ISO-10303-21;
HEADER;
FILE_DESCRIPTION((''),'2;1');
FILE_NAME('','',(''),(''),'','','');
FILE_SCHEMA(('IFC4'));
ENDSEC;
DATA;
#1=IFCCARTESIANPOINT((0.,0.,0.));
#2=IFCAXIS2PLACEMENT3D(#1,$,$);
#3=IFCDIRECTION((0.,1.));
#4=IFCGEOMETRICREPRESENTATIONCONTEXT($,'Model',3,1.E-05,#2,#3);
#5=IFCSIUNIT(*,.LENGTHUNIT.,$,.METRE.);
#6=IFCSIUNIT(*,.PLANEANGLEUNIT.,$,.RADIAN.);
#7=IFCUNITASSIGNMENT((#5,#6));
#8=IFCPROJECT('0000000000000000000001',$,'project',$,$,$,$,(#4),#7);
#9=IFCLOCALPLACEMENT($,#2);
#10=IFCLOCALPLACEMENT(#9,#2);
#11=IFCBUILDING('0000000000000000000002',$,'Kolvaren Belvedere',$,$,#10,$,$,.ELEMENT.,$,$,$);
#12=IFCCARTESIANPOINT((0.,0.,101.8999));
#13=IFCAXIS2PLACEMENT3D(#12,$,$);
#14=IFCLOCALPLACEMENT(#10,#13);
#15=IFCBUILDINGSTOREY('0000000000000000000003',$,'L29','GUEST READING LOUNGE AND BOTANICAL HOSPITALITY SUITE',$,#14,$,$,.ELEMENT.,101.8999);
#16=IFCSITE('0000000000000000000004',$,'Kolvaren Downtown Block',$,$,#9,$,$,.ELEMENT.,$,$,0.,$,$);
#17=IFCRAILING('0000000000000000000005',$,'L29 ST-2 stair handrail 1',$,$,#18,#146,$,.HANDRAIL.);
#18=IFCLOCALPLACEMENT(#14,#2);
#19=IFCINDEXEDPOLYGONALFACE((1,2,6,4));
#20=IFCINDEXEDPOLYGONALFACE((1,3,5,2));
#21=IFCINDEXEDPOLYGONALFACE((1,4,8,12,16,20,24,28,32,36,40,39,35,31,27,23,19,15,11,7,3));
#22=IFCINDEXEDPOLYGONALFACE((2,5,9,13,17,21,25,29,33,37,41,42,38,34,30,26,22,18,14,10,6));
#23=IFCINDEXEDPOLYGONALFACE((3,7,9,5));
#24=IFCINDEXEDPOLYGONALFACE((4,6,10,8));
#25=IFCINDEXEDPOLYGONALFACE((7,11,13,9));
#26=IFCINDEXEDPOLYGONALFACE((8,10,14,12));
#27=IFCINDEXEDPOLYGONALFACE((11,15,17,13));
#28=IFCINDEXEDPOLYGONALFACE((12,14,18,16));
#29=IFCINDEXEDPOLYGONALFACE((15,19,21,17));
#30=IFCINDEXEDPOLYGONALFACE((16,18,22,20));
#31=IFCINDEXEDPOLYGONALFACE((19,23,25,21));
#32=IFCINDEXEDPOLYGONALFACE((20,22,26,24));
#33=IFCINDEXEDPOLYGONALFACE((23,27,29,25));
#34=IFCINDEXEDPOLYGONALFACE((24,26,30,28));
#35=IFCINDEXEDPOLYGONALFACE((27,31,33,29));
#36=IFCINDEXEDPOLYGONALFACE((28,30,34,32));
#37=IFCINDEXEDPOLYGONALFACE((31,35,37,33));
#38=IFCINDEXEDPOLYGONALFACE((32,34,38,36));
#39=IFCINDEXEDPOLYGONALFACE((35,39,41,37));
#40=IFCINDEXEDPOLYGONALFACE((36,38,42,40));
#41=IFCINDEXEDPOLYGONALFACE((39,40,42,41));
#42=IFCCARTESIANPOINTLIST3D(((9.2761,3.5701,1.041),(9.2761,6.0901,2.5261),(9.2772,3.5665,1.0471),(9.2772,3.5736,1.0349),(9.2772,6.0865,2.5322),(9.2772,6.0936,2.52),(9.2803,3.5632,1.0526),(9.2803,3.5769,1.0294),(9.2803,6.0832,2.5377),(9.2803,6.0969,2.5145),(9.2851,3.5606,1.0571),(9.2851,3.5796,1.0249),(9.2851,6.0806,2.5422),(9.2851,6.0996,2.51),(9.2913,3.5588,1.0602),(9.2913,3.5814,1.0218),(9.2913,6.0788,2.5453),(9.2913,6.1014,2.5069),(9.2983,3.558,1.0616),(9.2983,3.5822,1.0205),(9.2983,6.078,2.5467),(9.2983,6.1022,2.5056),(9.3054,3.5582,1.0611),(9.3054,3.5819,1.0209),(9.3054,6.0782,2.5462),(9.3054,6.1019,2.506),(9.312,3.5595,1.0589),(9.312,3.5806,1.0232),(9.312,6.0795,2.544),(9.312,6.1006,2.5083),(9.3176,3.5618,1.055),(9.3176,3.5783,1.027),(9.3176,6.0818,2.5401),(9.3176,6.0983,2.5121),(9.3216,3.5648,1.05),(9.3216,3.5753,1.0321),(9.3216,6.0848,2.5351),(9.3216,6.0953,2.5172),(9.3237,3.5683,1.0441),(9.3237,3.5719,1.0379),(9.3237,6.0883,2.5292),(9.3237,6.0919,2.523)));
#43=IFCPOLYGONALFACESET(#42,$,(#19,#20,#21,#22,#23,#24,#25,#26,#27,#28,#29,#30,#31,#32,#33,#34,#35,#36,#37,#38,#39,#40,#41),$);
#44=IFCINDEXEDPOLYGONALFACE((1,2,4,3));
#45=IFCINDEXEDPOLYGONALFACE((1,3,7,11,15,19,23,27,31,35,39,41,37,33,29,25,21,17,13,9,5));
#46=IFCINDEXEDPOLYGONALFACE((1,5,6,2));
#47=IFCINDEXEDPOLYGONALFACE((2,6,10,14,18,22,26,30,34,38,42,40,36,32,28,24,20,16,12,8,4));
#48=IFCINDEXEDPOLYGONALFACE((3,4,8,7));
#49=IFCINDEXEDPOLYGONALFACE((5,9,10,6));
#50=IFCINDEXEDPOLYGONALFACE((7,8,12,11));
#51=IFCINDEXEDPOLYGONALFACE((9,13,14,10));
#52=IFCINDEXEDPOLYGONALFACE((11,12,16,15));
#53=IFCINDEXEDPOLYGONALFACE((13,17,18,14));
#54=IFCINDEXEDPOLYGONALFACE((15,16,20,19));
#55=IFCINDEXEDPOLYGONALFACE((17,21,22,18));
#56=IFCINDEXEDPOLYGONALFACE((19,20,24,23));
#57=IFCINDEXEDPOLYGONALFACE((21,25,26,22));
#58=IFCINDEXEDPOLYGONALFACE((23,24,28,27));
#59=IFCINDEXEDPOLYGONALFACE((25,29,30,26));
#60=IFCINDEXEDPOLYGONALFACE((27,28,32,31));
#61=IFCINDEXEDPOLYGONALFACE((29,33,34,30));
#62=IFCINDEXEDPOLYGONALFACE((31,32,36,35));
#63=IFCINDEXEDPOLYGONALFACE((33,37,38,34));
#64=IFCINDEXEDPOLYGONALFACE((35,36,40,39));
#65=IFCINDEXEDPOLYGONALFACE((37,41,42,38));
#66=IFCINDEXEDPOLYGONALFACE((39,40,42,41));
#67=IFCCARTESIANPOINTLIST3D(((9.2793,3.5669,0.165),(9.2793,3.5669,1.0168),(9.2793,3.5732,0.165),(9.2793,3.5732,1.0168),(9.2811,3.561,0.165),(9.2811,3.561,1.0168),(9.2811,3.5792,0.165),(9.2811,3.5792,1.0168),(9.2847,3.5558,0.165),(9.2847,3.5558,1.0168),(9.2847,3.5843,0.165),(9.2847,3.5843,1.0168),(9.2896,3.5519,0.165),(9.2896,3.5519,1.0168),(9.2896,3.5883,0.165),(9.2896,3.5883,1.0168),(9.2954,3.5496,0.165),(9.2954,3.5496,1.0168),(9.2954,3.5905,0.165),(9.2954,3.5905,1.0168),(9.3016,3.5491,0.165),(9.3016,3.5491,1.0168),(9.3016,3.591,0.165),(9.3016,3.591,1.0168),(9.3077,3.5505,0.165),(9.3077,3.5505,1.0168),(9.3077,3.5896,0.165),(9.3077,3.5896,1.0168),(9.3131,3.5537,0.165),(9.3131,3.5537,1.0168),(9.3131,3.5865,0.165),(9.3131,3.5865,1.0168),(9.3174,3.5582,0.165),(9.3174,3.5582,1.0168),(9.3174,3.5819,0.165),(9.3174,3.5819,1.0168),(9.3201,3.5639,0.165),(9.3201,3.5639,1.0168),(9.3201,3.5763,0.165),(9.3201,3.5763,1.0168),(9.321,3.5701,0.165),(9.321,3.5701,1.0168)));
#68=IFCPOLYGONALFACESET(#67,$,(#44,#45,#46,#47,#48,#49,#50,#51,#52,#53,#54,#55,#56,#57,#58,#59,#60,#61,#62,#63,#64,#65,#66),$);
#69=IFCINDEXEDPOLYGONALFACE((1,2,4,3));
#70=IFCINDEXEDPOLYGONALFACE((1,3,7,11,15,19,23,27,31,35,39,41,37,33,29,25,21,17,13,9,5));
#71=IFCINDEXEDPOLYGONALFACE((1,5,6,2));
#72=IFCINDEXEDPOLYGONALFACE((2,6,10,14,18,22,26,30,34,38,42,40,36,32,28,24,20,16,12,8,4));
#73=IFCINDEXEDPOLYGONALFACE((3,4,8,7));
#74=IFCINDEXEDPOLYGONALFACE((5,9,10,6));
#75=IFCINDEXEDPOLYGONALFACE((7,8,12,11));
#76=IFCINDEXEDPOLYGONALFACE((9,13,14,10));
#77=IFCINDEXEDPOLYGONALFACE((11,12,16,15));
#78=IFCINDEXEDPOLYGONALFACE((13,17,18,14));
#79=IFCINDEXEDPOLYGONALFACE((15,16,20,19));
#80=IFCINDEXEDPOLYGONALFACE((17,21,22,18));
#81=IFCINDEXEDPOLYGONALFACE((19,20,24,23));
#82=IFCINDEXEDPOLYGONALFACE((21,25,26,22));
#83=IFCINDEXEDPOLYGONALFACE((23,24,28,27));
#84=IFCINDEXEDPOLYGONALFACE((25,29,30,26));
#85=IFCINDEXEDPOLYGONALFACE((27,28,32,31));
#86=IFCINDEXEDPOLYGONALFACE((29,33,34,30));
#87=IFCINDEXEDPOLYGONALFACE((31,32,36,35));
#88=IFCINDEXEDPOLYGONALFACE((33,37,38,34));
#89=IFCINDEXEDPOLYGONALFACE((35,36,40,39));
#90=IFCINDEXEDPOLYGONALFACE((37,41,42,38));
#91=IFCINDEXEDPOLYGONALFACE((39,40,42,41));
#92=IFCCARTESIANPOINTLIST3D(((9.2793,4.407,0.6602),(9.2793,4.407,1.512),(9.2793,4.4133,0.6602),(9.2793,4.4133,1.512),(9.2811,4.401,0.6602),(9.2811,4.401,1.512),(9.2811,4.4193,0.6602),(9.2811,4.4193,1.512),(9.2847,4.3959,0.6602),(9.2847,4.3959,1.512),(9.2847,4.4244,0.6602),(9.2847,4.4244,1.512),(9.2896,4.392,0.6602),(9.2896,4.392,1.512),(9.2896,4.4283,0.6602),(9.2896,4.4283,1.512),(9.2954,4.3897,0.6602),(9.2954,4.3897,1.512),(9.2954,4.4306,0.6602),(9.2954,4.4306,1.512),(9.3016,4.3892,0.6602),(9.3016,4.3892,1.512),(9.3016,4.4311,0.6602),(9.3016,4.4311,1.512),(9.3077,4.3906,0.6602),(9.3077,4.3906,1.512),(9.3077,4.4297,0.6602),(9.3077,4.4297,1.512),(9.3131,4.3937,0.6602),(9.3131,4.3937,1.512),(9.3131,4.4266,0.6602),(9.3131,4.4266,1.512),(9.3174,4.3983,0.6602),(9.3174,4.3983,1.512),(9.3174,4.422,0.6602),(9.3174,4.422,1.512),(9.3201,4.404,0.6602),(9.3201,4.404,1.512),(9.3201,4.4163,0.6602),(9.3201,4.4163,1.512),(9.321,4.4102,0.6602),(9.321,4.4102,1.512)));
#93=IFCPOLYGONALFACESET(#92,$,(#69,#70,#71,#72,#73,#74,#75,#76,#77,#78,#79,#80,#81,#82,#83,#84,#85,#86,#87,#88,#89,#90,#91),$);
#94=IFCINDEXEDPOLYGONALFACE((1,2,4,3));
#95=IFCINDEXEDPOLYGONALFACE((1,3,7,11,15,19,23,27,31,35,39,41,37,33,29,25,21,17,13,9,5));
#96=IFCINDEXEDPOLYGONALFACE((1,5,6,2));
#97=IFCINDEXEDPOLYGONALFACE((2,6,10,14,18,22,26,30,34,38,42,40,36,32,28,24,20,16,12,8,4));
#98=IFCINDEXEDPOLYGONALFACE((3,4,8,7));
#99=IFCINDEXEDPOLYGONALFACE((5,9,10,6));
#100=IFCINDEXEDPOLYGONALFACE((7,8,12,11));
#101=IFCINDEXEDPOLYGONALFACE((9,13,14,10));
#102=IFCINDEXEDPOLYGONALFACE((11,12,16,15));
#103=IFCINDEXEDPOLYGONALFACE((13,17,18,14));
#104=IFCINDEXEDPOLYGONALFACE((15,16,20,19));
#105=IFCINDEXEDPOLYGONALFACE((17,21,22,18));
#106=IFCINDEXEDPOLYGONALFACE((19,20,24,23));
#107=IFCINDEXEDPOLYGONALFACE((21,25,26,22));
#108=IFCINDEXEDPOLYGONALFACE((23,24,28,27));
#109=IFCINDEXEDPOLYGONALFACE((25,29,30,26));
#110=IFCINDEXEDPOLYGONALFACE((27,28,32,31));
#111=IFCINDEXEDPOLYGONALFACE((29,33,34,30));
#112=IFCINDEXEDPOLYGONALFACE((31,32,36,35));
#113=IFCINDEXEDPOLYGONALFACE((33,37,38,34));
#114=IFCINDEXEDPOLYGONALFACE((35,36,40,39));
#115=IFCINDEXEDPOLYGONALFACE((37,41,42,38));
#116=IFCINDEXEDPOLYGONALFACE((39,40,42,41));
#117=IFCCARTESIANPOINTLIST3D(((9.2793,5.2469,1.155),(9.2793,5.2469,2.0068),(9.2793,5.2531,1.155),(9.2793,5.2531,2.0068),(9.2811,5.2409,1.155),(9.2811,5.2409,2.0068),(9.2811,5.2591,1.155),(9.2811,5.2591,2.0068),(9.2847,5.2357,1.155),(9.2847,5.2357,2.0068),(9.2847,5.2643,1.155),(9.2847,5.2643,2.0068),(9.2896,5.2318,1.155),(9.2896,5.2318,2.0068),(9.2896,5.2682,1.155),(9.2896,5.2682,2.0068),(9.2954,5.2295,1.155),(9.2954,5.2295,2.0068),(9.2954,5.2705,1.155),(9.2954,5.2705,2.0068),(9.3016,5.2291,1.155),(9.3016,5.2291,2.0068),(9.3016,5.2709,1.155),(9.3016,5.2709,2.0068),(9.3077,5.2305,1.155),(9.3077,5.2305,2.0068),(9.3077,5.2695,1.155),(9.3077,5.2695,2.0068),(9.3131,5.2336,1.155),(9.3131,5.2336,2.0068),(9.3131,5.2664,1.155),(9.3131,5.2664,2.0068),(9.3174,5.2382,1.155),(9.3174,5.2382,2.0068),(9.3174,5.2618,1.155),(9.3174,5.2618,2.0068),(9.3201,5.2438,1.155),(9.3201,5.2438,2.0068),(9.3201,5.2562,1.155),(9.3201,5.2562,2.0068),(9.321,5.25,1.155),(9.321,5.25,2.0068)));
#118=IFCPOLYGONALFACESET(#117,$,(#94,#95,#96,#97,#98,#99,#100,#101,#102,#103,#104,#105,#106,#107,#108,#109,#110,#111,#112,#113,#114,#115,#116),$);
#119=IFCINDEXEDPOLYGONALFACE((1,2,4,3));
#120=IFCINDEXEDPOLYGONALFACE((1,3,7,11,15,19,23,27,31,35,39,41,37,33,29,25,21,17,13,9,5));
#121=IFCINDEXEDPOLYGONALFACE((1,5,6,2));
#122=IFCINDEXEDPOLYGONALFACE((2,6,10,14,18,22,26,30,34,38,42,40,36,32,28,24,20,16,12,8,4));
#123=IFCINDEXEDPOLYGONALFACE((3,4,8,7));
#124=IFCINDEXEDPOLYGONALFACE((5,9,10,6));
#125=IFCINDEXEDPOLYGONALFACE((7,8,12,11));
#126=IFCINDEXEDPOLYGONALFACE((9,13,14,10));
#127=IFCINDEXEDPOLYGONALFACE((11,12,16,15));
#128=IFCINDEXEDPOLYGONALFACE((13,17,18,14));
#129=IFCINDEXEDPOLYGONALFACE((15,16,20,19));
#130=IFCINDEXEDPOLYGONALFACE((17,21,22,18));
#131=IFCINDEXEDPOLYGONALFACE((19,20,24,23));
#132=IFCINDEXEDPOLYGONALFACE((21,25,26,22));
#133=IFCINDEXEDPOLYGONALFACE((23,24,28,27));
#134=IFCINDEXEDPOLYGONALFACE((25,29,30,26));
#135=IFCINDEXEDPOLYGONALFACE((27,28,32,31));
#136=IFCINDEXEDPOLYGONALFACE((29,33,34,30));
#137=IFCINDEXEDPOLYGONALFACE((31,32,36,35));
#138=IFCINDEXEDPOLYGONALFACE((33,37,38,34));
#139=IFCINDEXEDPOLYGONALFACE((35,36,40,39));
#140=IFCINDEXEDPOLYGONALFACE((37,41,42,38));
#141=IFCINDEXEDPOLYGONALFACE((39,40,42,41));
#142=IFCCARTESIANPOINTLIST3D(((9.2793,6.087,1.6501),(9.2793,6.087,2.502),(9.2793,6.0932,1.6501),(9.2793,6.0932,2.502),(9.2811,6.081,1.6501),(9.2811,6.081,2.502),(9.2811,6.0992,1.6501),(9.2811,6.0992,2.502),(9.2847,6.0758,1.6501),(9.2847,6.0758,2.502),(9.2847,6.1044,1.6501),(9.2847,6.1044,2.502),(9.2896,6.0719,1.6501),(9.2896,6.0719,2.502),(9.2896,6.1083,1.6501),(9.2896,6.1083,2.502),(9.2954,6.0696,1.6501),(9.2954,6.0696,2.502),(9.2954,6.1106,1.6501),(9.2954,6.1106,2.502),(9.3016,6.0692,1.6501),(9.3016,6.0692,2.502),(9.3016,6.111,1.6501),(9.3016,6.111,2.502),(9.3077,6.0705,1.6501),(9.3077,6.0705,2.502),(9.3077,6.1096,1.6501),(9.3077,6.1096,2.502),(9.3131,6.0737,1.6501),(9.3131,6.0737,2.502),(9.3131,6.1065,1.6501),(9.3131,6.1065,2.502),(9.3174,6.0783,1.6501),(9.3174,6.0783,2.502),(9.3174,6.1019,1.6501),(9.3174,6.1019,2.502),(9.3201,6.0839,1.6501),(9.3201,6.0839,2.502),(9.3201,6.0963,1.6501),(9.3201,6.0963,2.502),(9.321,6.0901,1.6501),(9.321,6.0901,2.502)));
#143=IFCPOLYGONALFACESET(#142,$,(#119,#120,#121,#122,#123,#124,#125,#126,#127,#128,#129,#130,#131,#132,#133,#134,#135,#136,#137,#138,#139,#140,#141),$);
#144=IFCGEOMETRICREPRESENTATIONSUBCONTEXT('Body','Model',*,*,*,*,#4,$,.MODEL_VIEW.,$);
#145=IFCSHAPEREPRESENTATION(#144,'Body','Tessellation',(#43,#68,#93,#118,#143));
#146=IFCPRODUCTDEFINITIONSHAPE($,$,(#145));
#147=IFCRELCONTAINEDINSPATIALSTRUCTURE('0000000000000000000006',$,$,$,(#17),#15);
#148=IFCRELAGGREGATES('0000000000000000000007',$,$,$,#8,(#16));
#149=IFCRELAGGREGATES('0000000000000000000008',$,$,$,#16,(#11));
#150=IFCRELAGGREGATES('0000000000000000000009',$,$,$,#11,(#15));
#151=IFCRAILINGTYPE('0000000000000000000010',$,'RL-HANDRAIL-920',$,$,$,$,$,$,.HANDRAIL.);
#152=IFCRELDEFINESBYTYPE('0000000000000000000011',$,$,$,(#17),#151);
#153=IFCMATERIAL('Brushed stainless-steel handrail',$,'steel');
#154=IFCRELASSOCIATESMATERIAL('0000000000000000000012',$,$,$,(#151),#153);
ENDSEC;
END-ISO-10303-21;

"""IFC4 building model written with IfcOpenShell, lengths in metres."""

from ifc_helpers import new_model, si_unit, direction, frame, origin, origin_2d, place, context, subcontext, project, spatial, circle, extrude, material, type_object, element, save


model = new_model("IFC4")

# Units and contexts
model_context = context("Model", 3, precision=1e-05, world=origin(), true_north=direction((0.0, 1.0)))
body_context = subcontext(model_context, "Body", "Model", "MODEL_VIEW")
ifc_project = project(units=[si_unit("LENGTHUNIT", "METRE"), si_unit("PLANEANGLEUNIT", "RADIAN")], contexts=[model_context])

# Site, building, storey
site_placement = place(None, origin())
site = spatial("IfcSite", under=ifc_project, at=site_placement, Name="Kolvaren Downtown Block", CompositionType="ELEMENT", RefElevation=0.0)
building_placement = place(site_placement, origin())
building = spatial("IfcBuilding", under=site, at=building_placement, Name="Kolvaren Belvedere", CompositionType="ELEMENT")
storey_placement = place(building_placement, frame((0.0, 0.0, 101.8999)))
storey = spatial("IfcBuildingStorey", under=building, at=storey_placement, Name="L29", Description="GUEST READING LOUNGE AND BOTANICAL HOSPITALITY SUITE", CompositionType="ELEMENT", Elevation=101.8999)

# Railing
ifc_material_1 = material(Name="Brushed stainless-steel handrail", Category="steel")
railing_type_1 = type_object("IfcRailingType", Name="RL-HANDRAIL-920", PredefinedType="HANDRAIL", material=ifc_material_1)
railing_1_placement = place(storey_placement, frame((9.3, 3.5701, 0.165)))
element("IfcRailing", 1, at=railing_1_placement, inside=storey, type_object=railing_type_1, Name="L29 ST-2 stair handrail 1", PredefinedType="HANDRAIL", context=body_context, shape_type="SweptSolid", body=[
    extrude(circle(Radius=0.0239, at=origin_2d()), frame((0.0, 0.0, 0.876), z_axis=(0.0, 0.861524, 0.507717), x_axis=(-1.0, 0.0, 0.0)), (0.0, 0.0, 1.0), 2.925),
    extrude(circle(Radius=0.021, at=origin_2d()), origin(), (0.0, 0.0, 1.0), 0.8518),
    extrude(circle(Radius=0.021, at=origin_2d()), frame((0.0, 0.8401, 0.4951)), (0.0, 0.0, 1.0), 0.8518),
    extrude(circle(Radius=0.021, at=origin_2d()), frame((0.0, 1.6799, 0.99)), (0.0, 0.0, 1.0), 0.8518),
    extrude(circle(Radius=0.021, at=origin_2d()), frame((0.0, 2.52, 1.4851)), (0.0, 0.0, 1.0), 0.8518),
])

save(model, "model.ifc")
